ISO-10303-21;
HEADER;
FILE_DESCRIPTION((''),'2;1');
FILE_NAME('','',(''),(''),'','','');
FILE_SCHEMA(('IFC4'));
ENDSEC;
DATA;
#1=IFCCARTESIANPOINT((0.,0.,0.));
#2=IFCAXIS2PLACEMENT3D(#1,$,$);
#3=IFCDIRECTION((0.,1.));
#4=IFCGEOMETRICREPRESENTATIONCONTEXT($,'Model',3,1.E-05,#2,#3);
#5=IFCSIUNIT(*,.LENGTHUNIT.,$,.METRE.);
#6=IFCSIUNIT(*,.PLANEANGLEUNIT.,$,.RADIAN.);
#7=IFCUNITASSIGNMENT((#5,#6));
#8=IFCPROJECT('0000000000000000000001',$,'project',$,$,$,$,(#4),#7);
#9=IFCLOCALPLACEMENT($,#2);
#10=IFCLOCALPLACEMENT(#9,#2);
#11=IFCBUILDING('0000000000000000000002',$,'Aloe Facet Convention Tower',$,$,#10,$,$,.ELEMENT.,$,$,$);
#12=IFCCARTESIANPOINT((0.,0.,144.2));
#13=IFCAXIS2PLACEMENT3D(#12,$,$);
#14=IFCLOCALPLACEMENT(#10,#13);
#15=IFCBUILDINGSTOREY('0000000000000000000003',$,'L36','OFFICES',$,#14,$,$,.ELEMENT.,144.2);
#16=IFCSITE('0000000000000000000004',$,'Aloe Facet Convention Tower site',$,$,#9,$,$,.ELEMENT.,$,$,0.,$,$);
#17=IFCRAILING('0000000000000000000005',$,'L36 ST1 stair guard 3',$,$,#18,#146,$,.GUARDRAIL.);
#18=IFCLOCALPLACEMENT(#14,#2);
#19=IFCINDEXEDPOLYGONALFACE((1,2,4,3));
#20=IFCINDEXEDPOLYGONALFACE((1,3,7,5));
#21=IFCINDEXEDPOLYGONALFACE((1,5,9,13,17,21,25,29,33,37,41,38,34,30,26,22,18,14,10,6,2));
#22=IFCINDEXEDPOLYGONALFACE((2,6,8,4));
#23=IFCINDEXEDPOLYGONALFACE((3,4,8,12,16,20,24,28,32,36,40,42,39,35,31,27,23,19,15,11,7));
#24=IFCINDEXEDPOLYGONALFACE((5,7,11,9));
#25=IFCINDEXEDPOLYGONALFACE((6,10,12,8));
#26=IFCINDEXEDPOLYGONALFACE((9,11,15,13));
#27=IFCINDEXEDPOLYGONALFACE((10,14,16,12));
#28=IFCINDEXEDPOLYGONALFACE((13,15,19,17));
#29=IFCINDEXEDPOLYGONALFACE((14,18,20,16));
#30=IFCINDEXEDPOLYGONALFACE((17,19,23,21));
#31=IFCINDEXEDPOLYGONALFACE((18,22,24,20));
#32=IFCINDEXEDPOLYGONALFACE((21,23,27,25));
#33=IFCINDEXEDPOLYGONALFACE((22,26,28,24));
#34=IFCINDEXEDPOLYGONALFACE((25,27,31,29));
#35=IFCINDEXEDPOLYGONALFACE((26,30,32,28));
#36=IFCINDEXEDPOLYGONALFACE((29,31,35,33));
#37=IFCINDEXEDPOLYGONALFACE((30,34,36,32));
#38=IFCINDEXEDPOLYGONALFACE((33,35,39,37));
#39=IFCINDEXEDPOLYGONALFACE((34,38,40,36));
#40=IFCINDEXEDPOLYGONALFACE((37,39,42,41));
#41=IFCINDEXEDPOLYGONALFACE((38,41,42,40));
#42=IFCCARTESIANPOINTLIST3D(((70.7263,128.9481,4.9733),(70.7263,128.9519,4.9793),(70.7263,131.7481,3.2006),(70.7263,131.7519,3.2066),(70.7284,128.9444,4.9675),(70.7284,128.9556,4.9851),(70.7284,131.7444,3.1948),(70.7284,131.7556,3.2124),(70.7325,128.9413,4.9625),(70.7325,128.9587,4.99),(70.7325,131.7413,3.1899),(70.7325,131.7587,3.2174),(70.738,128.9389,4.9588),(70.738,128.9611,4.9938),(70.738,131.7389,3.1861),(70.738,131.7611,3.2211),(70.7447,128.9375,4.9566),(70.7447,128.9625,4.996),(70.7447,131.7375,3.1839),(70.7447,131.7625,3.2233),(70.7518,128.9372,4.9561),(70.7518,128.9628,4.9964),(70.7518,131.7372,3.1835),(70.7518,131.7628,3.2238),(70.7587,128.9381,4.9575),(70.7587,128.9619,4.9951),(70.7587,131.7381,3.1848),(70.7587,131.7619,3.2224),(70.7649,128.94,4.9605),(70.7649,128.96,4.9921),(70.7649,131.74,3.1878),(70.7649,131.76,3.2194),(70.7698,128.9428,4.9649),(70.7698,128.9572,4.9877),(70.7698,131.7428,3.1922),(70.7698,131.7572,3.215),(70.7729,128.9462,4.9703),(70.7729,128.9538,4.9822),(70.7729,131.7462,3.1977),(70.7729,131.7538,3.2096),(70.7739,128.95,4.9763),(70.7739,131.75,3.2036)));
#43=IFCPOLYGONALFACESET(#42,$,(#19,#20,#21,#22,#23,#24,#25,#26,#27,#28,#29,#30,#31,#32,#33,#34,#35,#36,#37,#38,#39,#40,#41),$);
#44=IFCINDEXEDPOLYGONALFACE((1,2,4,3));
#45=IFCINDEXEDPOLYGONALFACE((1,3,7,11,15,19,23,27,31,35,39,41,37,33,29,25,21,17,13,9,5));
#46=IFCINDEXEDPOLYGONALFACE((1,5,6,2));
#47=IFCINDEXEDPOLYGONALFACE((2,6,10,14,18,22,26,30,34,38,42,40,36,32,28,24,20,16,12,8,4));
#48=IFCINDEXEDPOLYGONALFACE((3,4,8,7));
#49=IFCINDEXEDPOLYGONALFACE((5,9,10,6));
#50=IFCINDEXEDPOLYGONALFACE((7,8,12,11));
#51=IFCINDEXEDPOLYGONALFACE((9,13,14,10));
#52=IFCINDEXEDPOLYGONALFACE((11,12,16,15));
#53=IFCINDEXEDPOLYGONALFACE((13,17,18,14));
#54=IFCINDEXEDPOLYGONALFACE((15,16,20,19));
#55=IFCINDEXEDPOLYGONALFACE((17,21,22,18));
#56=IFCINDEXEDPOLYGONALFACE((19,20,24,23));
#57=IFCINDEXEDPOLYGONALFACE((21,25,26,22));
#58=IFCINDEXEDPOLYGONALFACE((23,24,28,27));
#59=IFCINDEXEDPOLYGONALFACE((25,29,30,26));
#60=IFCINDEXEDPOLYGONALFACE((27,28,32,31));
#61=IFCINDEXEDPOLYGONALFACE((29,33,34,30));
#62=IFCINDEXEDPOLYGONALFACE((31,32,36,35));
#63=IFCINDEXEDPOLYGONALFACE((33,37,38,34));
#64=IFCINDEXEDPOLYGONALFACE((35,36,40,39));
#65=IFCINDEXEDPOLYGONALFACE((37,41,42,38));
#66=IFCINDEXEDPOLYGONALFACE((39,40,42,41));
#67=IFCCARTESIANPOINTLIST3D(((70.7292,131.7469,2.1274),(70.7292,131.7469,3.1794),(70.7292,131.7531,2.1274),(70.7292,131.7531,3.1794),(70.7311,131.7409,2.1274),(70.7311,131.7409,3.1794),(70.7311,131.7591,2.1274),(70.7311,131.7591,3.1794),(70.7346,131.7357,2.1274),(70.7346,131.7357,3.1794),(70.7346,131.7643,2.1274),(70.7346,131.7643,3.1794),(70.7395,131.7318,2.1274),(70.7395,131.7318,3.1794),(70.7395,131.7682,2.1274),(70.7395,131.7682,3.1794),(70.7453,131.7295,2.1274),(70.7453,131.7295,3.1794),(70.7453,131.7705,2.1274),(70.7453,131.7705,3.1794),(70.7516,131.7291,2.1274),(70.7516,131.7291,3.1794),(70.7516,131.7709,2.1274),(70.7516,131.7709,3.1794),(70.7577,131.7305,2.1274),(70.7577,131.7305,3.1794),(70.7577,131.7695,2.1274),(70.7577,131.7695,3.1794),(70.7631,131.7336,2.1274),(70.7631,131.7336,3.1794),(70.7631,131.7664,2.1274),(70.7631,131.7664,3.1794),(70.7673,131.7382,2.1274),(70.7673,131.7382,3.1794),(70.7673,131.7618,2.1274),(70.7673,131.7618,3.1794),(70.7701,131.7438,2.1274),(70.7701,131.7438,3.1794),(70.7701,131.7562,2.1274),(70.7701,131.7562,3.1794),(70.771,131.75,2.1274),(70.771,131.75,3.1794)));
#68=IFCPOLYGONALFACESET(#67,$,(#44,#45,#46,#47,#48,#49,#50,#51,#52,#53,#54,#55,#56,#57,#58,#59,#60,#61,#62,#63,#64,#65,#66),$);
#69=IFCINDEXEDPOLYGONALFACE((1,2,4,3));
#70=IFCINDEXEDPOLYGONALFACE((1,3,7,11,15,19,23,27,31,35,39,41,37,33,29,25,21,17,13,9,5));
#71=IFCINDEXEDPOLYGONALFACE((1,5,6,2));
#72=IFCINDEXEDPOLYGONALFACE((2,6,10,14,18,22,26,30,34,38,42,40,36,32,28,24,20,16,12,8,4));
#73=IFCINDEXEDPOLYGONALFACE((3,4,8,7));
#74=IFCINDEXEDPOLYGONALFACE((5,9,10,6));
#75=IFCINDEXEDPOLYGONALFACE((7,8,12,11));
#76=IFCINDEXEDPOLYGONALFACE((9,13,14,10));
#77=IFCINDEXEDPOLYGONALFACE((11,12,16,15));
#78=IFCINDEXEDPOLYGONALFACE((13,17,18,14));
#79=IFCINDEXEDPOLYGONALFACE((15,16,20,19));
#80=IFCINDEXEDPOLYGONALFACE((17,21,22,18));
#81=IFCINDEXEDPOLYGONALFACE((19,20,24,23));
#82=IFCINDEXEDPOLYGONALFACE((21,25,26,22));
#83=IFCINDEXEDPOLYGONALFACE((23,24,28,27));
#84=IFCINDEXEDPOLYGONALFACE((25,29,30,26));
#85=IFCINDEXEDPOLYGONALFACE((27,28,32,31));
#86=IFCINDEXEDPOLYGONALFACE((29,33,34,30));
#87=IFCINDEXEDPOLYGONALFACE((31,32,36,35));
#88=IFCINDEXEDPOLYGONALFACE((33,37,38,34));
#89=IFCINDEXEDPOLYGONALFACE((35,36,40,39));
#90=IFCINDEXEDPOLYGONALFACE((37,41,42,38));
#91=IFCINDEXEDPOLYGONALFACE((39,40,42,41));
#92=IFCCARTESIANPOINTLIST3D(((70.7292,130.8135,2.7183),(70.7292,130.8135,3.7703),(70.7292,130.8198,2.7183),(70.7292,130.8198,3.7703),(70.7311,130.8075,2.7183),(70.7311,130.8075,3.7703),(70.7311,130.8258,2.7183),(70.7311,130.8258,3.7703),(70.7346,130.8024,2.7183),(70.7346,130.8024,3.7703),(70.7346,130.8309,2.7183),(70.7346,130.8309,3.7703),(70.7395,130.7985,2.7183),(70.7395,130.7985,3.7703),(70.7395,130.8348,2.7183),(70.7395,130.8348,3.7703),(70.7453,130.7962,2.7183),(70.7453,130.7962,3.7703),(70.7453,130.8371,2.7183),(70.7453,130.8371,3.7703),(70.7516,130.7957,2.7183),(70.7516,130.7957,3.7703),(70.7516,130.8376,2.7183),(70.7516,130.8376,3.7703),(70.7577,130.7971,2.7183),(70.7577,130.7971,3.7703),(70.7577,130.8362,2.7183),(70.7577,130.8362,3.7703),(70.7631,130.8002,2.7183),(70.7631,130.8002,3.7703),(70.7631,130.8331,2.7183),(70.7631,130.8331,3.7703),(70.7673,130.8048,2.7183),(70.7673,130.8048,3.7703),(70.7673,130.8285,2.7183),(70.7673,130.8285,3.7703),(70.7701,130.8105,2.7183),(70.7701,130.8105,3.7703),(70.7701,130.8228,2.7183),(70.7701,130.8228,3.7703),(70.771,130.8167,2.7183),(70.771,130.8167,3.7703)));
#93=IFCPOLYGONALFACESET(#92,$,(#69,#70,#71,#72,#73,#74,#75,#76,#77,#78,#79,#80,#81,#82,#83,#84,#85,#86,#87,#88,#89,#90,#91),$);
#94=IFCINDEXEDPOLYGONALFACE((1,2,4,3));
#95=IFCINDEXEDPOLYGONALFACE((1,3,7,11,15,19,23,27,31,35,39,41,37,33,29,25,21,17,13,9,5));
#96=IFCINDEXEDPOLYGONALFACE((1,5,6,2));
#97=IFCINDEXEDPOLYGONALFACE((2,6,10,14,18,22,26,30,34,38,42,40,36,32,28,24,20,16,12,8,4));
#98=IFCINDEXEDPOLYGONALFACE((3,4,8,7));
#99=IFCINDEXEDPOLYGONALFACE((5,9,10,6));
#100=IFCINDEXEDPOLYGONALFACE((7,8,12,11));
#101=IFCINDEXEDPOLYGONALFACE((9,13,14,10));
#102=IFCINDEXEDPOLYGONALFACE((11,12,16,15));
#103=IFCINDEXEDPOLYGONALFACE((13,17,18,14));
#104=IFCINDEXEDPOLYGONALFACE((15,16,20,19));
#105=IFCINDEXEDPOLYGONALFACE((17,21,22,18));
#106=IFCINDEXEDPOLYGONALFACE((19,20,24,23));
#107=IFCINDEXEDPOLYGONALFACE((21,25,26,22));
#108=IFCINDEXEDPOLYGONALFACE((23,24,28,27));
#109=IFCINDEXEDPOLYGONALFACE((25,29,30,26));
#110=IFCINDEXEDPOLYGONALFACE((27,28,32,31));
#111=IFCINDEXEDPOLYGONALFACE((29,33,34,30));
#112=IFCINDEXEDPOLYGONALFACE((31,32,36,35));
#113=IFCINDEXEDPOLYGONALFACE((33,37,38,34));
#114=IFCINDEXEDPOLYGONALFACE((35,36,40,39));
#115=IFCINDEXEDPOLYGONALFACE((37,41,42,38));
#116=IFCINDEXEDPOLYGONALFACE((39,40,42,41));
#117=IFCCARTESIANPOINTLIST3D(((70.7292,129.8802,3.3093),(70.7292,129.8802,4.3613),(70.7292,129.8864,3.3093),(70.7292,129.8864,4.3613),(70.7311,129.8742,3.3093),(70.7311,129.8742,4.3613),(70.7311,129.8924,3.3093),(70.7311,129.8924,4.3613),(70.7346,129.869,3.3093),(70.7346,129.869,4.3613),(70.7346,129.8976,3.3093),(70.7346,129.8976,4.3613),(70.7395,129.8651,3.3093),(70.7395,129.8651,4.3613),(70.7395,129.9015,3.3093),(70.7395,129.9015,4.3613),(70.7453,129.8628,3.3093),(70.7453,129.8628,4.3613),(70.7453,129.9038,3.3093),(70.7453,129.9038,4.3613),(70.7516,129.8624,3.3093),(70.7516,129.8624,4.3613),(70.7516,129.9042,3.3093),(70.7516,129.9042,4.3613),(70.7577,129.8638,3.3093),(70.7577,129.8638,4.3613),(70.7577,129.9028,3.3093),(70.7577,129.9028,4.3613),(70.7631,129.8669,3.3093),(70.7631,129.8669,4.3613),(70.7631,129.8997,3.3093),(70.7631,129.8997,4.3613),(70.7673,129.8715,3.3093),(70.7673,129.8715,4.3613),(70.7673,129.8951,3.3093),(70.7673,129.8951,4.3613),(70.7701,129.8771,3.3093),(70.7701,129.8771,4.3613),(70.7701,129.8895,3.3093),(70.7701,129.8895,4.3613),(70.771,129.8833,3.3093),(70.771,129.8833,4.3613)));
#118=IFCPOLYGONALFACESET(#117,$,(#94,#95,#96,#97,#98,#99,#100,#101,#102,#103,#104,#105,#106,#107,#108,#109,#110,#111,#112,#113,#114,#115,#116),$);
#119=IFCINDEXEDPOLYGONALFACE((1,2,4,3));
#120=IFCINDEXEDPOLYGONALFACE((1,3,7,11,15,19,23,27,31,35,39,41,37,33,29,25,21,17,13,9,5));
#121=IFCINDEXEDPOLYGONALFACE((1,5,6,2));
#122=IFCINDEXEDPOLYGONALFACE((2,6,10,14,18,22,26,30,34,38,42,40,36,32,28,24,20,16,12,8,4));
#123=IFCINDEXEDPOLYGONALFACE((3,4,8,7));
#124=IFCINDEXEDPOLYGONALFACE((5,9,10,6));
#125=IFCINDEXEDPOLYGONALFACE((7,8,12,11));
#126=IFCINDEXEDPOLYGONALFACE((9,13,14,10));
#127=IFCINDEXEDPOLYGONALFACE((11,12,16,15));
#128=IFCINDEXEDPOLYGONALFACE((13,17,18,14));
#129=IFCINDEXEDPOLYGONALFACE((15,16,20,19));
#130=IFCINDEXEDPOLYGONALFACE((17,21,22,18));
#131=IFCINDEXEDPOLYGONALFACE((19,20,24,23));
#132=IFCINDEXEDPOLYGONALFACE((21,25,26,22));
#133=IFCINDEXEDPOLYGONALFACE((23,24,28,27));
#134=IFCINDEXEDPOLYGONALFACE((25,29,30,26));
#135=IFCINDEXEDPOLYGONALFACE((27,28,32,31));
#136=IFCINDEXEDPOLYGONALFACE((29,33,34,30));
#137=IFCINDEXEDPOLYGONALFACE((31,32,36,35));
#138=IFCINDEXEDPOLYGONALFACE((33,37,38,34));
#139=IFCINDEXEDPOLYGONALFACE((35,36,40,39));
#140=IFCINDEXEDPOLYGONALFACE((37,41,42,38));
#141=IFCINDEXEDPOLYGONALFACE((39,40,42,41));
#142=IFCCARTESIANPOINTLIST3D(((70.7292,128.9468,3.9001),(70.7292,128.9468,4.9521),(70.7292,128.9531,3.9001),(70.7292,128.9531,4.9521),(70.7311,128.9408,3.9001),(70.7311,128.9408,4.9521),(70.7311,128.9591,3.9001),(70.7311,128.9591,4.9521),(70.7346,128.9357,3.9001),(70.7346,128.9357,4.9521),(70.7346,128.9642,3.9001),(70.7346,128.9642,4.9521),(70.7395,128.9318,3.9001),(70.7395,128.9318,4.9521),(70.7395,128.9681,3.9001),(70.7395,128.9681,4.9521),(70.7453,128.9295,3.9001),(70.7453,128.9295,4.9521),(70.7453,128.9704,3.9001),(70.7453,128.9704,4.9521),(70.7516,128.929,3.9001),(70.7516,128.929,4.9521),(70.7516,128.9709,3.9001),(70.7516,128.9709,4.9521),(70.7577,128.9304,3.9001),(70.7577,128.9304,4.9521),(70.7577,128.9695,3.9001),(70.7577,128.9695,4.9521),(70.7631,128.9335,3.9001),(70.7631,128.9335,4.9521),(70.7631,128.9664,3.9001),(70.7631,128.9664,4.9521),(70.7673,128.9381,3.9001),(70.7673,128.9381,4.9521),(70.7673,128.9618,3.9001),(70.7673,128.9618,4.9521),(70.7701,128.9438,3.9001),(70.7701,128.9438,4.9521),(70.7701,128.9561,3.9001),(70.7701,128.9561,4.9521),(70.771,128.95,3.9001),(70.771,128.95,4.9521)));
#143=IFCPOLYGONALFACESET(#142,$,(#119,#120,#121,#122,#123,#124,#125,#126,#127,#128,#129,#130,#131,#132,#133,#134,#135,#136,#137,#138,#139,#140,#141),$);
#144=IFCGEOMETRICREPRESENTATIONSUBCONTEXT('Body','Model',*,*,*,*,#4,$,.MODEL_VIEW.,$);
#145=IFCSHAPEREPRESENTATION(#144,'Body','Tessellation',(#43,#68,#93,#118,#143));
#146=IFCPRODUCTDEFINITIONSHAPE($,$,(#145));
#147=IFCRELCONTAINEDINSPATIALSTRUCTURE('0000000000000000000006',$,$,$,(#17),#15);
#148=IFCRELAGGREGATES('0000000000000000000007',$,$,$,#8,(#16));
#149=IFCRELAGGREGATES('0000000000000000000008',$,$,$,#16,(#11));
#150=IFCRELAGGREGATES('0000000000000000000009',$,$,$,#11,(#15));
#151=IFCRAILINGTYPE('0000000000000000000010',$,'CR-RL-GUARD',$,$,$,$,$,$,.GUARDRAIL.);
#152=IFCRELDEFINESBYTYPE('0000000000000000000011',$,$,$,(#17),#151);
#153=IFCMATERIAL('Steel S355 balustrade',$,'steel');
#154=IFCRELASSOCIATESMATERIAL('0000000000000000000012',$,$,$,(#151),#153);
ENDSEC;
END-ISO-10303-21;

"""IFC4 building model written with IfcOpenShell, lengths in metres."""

from ifc_helpers import new_model, si_unit, direction, frame, origin, origin_2d, place, context, subcontext, project, spatial, circle, extrude, material, type_object, element, save


model = new_model("IFC4")

# Units and contexts
model_context = context("Model", 3, precision=1e-05, world=origin(), true_north=direction((0.0, 1.0)))
body_context = subcontext(model_context, "Body", "Model", "MODEL_VIEW")
ifc_project = project(units=[si_unit("LENGTHUNIT", "METRE"), si_unit("PLANEANGLEUNIT", "RADIAN")], contexts=[model_context])

# Site, building, storey
site_placement = place(None, origin())
site = spatial("IfcSite", under=ifc_project, at=site_placement, Name="Aloe Facet Convention Tower site", CompositionType="ELEMENT", RefElevation=0.0)
building_placement = place(site_placement, origin())
building = spatial("IfcBuilding", under=site, at=building_placement, Name="Aloe Facet Convention Tower", CompositionType="ELEMENT")
storey_placement = place(building_placement, frame((0.0, 0.0, 144.2)))
storey = spatial("IfcBuildingStorey", under=building, at=storey_placement, Name="L36", Description="OFFICES", CompositionType="ELEMENT", Elevation=144.2)

# Railing
ifc_material_1 = material(Name="Steel S355 balustrade", Category="steel")
railing_type_1 = type_object("IfcRailingType", Name="CR-RL-GUARD", PredefinedType="GUARDRAIL", material=ifc_material_1)
railing_1_placement = place(storey_placement, frame((70.75, 131.75, 2.1274)))
element("IfcRailing", 1, at=railing_1_placement, inside=storey, type_object=railing_type_1, Name="L36 ST1 stair guard 3", PredefinedType="GUARDRAIL", context=body_context, shape_type="SweptSolid", body=[
    extrude(circle(Radius=0.0239, at=origin_2d()), frame((0.0, 0.0, 1.0762), z_axis=(0.0, -0.844909, 0.53491), x_axis=(1.0, 0.0, 0.0)), (0.0, 0.0, 1.0), 3.314),
    extrude(circle(Radius=0.021, at=origin_2d()), origin(), (0.0, 0.0, 1.0), 1.052),
    extrude(circle(Radius=0.021, at=origin_2d()), frame((0.0, -0.9333, 0.5908)), (0.0, 0.0, 1.0), 1.052),
    extrude(circle(Radius=0.021, at=origin_2d()), frame((0.0, -1.8667, 1.1819)), (0.0, 0.0, 1.0), 1.052),
    extrude(circle(Radius=0.021, at=origin_2d()), frame((0.0, -2.8, 1.7727)), (0.0, 0.0, 1.0), 1.052),
])

save(model, "model.ifc")
